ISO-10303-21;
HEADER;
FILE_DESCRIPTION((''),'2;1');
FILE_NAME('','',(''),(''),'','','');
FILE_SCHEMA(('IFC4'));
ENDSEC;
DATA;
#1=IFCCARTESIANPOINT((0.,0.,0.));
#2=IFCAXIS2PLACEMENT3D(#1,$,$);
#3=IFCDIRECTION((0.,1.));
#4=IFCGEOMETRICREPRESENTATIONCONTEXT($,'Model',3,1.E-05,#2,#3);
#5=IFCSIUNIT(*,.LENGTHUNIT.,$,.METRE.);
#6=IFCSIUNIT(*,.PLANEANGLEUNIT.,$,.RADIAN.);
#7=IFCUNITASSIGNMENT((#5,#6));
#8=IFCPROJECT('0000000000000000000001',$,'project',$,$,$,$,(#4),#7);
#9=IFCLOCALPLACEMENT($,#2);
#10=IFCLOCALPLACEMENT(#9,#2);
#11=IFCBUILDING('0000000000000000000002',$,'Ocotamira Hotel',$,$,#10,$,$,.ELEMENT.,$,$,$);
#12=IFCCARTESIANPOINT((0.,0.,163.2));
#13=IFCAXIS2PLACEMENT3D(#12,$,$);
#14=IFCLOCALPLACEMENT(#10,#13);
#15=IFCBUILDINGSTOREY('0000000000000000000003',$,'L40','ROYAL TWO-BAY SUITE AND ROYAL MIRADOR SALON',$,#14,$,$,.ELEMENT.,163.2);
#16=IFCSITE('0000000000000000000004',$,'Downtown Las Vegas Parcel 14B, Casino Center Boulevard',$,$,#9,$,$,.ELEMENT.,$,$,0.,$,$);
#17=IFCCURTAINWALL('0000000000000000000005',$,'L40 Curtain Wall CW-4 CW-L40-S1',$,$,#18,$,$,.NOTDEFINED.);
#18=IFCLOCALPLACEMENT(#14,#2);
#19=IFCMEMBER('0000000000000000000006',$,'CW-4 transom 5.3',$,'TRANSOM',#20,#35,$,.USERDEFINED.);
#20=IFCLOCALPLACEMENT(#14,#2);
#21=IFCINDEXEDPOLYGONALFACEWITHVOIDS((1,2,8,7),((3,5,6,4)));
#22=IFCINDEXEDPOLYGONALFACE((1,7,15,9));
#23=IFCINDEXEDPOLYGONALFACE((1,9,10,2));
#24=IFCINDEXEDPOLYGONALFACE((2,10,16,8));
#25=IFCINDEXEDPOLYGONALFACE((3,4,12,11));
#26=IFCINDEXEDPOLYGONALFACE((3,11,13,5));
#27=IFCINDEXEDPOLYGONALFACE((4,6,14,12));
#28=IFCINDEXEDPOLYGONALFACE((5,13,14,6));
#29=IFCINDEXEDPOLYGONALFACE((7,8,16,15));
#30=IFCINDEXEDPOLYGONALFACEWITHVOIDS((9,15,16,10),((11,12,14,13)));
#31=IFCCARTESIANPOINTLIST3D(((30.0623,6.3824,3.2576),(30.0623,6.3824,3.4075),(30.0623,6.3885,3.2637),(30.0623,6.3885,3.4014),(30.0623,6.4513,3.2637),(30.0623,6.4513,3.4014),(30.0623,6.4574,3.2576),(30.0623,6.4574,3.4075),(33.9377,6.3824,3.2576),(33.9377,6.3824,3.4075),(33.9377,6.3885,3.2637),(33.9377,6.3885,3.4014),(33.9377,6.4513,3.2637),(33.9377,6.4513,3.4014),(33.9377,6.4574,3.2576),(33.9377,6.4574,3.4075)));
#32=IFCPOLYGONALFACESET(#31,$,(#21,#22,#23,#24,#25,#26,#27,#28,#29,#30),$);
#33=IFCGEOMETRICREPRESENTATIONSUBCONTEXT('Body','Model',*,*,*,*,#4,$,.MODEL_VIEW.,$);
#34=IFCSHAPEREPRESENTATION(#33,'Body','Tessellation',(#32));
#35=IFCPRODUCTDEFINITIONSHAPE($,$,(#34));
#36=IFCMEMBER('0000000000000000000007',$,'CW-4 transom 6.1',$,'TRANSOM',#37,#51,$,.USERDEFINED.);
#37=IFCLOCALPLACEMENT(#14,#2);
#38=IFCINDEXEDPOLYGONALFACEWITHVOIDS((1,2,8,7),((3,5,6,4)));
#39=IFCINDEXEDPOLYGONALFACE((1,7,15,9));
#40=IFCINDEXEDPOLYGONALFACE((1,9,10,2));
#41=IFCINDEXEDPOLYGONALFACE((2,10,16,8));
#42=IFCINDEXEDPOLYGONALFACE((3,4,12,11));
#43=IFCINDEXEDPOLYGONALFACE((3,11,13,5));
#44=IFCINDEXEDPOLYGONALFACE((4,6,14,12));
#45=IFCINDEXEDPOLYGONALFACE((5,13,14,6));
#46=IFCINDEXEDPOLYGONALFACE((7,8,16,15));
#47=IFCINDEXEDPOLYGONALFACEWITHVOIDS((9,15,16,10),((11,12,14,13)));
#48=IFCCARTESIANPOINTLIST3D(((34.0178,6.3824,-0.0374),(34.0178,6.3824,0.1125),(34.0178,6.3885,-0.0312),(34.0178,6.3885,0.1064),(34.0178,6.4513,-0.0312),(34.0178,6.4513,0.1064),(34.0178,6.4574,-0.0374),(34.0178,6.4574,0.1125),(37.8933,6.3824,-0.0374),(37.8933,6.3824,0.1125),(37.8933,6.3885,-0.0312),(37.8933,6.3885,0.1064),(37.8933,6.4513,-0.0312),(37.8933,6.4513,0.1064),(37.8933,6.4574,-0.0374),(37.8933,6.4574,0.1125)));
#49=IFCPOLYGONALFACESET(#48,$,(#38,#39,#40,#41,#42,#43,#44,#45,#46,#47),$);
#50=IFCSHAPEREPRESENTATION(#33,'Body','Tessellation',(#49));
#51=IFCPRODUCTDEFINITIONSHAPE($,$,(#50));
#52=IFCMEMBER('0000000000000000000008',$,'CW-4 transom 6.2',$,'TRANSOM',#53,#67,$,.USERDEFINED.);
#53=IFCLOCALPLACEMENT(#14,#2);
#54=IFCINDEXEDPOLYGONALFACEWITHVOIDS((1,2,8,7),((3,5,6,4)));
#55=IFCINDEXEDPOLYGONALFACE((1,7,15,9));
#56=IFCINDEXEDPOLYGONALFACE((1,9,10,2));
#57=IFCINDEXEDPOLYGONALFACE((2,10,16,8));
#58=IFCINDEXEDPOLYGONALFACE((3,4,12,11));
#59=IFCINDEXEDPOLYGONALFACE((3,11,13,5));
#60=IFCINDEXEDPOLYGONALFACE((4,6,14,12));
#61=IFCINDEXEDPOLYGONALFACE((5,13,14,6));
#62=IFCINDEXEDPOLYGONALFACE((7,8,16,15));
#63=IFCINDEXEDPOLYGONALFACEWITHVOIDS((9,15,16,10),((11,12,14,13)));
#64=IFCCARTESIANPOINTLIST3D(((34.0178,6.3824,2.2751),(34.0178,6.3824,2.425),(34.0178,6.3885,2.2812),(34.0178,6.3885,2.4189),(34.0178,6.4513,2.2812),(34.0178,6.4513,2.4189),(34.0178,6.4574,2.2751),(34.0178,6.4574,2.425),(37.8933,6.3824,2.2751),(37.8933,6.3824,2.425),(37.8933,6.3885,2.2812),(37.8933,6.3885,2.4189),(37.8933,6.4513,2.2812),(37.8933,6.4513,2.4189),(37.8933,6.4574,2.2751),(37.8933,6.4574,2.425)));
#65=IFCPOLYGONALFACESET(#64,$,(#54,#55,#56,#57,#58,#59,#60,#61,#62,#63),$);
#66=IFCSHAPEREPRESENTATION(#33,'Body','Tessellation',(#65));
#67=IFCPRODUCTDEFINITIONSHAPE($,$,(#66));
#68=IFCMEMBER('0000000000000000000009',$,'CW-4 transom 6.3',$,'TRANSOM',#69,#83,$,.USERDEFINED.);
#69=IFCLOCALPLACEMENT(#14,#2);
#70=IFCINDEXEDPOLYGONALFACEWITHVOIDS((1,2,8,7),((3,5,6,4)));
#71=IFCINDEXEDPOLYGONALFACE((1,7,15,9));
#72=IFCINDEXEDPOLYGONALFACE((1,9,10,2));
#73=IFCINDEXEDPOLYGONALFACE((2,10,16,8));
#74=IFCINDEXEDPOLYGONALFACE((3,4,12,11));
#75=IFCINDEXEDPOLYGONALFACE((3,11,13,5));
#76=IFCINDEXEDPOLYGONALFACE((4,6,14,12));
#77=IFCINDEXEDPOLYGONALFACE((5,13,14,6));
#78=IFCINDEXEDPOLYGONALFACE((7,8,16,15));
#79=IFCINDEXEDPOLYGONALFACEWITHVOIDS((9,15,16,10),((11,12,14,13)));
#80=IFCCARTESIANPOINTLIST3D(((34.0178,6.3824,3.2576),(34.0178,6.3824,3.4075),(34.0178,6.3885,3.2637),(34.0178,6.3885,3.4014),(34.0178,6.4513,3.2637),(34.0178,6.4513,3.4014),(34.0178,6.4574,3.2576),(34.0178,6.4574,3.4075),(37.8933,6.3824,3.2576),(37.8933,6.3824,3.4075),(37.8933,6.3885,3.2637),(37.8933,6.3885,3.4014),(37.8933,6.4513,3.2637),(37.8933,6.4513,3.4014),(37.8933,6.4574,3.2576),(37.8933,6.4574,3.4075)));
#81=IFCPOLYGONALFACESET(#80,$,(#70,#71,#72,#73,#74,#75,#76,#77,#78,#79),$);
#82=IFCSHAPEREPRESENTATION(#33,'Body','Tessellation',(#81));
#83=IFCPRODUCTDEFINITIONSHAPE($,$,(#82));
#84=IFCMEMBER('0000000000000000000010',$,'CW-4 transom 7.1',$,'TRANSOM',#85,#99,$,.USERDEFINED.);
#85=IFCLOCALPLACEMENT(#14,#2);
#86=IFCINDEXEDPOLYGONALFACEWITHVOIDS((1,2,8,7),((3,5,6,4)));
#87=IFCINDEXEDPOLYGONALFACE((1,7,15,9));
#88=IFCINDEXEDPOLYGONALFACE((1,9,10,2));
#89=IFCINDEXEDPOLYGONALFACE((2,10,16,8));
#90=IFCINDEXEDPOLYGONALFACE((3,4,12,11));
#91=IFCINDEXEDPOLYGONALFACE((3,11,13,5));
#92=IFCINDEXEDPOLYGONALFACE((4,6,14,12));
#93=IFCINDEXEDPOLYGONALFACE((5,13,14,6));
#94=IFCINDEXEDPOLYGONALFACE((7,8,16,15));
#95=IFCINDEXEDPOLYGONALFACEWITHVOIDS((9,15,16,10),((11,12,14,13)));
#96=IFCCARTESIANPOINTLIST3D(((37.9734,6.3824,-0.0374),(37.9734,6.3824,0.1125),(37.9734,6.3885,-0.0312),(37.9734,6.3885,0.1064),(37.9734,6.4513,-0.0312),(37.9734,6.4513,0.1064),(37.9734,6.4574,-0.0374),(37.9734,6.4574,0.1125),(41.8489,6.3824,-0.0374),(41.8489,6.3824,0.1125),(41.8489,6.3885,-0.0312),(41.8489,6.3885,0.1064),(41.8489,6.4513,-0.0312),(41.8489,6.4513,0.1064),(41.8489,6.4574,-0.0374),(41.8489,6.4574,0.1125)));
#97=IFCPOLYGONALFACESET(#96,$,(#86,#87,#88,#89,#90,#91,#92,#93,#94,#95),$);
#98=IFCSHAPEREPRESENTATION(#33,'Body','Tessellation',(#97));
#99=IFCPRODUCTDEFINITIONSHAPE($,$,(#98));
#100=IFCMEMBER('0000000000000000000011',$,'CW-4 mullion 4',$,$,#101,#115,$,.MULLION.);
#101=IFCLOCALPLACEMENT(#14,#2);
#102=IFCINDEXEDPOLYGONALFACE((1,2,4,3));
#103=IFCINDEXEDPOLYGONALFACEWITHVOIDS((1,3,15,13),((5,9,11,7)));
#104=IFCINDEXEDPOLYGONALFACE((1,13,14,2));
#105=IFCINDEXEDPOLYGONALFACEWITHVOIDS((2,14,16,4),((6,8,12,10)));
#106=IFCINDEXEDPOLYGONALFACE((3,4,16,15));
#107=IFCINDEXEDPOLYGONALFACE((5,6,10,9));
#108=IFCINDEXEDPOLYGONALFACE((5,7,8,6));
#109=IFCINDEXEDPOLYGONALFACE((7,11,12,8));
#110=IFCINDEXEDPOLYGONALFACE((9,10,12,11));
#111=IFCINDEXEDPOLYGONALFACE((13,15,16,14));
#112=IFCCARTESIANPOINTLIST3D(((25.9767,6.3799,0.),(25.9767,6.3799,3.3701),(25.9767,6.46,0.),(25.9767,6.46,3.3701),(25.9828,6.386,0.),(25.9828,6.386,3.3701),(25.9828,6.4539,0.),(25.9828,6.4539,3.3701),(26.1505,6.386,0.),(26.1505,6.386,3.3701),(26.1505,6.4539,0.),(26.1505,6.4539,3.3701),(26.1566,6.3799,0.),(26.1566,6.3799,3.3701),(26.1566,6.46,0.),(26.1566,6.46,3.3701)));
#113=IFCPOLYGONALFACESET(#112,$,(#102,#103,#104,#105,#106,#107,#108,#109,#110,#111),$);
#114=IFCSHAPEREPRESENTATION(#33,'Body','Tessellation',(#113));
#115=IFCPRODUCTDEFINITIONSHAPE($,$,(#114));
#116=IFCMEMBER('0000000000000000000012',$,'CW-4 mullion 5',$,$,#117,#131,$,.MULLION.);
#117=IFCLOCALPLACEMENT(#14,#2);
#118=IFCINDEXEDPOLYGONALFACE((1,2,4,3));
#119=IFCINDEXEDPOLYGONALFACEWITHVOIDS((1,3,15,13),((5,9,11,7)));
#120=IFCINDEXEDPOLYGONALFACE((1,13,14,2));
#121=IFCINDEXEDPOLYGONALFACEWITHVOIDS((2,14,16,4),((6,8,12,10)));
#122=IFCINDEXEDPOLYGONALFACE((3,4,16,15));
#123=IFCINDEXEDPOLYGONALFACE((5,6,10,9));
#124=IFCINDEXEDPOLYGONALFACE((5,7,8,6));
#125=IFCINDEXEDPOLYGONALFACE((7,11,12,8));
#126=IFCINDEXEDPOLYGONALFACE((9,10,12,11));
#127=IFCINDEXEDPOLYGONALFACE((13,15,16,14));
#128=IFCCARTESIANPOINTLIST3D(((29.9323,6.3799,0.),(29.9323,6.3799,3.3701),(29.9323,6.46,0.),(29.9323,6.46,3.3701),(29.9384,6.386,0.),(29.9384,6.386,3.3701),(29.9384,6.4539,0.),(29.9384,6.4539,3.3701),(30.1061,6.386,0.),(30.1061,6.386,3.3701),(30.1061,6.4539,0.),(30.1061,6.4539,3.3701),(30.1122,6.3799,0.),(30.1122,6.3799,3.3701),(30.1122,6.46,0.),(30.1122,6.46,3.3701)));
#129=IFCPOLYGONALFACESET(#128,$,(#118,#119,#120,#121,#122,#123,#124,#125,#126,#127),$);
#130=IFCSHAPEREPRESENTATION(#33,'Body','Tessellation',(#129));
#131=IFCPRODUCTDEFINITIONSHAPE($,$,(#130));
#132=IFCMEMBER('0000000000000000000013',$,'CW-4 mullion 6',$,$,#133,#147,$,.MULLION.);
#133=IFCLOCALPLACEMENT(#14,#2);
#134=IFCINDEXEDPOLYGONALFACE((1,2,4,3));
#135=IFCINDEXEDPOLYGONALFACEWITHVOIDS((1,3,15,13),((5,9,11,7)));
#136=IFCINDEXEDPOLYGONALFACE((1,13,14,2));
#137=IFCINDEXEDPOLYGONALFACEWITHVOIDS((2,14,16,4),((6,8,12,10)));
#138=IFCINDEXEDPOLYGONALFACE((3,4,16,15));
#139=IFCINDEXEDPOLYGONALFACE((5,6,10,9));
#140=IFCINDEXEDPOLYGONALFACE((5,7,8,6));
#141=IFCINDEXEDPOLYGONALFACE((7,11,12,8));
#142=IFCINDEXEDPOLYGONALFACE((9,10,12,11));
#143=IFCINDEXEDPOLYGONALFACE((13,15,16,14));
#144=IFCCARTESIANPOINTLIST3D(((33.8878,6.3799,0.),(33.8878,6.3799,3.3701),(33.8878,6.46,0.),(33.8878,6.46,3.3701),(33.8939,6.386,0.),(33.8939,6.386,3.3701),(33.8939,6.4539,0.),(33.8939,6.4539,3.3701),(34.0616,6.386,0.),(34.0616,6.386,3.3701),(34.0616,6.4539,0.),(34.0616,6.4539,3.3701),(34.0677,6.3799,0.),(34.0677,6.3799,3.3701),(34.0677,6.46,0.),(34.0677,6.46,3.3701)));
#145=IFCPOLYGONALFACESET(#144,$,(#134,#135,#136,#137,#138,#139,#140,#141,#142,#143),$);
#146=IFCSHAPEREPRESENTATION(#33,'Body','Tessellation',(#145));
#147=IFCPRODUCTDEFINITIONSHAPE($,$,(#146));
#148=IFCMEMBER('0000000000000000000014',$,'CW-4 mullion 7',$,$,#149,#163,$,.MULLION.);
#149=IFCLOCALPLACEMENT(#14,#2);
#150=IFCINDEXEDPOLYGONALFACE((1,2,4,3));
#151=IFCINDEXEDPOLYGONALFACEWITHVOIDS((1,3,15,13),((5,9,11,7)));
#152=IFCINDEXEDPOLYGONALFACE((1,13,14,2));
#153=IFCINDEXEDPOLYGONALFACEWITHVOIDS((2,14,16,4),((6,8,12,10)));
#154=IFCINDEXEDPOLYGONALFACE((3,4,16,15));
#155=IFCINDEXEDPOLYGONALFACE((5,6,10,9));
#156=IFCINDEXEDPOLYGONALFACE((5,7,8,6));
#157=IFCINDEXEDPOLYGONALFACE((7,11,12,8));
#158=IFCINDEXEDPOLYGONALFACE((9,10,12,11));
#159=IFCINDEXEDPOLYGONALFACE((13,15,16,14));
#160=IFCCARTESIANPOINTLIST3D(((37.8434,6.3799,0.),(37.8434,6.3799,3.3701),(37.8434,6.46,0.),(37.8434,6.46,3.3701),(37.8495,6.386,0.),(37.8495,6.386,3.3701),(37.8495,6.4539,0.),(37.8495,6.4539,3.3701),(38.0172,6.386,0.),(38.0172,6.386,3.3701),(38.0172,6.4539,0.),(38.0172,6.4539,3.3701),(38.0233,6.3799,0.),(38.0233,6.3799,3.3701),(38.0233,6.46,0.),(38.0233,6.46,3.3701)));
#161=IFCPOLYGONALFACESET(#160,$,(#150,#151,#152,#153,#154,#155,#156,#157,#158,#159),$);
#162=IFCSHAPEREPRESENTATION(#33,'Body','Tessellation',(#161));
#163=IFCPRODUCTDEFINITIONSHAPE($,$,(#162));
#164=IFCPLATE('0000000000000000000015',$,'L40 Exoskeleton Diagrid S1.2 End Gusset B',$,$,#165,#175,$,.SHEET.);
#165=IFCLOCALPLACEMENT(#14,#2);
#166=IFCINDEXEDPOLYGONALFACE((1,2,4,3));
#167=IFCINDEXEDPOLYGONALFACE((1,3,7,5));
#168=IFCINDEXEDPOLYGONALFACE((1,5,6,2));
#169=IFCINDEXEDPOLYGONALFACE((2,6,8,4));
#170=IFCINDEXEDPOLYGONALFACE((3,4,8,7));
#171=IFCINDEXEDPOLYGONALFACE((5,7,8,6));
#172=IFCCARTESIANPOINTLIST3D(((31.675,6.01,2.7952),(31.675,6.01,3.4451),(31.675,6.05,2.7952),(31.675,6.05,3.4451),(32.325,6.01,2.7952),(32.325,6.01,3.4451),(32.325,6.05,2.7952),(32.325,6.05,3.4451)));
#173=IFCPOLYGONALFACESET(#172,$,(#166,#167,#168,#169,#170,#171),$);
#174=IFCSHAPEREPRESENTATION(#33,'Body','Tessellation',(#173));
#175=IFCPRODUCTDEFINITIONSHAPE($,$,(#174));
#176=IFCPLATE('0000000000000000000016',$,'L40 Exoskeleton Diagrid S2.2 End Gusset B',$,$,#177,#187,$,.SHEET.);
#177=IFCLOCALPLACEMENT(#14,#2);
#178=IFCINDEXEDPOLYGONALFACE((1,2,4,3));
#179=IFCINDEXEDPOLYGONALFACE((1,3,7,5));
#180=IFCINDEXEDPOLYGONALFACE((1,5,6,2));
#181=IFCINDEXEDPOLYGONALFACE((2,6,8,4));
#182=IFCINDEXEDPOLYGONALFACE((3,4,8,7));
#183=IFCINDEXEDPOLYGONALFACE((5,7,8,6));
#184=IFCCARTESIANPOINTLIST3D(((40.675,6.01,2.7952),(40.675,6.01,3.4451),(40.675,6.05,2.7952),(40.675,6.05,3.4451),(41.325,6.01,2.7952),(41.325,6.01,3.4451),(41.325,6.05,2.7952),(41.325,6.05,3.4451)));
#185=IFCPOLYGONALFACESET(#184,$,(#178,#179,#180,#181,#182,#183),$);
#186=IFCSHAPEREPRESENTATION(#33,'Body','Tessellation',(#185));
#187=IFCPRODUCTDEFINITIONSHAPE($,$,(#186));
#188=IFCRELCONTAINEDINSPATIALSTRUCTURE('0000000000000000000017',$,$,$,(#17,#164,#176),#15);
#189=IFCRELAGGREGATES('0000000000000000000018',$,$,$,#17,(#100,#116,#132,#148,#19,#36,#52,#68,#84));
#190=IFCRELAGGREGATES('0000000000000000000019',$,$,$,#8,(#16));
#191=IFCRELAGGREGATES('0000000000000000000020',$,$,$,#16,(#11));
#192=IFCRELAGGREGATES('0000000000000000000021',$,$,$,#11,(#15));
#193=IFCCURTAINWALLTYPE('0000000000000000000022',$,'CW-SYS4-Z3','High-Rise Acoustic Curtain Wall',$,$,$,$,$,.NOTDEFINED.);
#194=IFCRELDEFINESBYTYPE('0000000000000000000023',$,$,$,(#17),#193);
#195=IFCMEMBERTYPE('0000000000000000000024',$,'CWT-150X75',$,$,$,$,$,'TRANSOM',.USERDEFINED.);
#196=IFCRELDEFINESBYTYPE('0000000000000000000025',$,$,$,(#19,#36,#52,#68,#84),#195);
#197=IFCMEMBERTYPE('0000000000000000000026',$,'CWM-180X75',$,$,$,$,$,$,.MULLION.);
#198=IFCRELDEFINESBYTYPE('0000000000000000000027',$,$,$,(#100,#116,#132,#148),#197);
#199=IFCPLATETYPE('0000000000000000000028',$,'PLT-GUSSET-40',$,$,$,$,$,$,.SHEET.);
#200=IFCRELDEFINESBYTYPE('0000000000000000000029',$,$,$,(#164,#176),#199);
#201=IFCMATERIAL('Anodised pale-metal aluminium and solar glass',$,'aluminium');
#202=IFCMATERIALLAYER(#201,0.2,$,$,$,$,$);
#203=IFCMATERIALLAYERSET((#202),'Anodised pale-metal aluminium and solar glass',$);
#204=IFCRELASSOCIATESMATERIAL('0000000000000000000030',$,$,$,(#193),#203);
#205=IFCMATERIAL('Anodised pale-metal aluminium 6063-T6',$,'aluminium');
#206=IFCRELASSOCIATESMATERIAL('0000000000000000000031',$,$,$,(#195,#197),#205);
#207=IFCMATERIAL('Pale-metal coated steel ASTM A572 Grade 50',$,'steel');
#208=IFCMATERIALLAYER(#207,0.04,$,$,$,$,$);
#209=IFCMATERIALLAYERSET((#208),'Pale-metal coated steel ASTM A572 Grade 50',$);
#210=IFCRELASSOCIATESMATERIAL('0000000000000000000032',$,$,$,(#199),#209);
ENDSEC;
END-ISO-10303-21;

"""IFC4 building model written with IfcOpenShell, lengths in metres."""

from ifc_helpers import new_model, si_unit, direction, frame, origin, origin_2d, place, context, subcontext, project, spatial, rectangle, hollow_rectangle, extrude, source, transform, mapped, material, layer, layer_set, material_profile, profile_set, type_object, element, aggregate, save


model = new_model("IFC4")

# Units and contexts
model_context = context("Model", 3, precision=1e-05, world=origin(), true_north=direction((0.0, 1.0)))
body_context = subcontext(model_context, "Body", "Model", "MODEL_VIEW")
ifc_project = project(units=[si_unit("LENGTHUNIT", "METRE"), si_unit("PLANEANGLEUNIT", "RADIAN")], contexts=[model_context])

# Site, building, storey
site_placement = place(None, origin())
site = spatial("IfcSite", under=ifc_project, at=site_placement, Name="Downtown Las Vegas Parcel 14B, Casino Center Boulevard", CompositionType="ELEMENT", RefElevation=0.0)
building_placement = place(site_placement, origin())
building = spatial("IfcBuilding", under=site, at=building_placement, Name="Ocotamira Hotel", CompositionType="ELEMENT")
storey_placement = place(building_placement, frame((0.0, 0.0, 163.2)))
storey = spatial("IfcBuildingStorey", under=building, at=storey_placement, Name="L40", Description="ROYAL TWO-BAY SUITE AND ROYAL MIRADOR SALON", CompositionType="ELEMENT", Elevation=163.2)

# Curtain wall, members
ifc_material_1 = material(Name="Anodised pale-metal aluminium and solar glass", Category="aluminium")
ifc_layer_1 = layer(ifc_material_1, 0.2)
ifc_layer_set_1 = layer_set([ifc_layer_1], Name="Anodised pale-metal aluminium and solar glass")
curtain_wall_type = type_object("IfcCurtainWallType", Name="CW-SYS4-Z3", Description="High-Rise Acoustic Curtain Wall", PredefinedType="NOTDEFINED", material=ifc_layer_set_1)
curtain_wall_placement = place(storey_placement, origin())
curtain_wall = element("IfcCurtainWall", 1, at=curtain_wall_placement, inside=storey, type_object=curtain_wall_type, Name="L40 Curtain Wall CW-4 CW-L40-S1", PredefinedType="NOTDEFINED")
ifc_material_2 = material(Name="Anodised pale-metal aluminium 6063-T6", Category="aluminium")
ifc_material_profile_1 = material_profile(ifc_material_2, hollow_rectangle(XDim=0.075, YDim=0.1499, WallThickness=0.0061, at=origin_2d()), Name="HSS150X75X6")
ifc_profile_set_1 = profile_set([ifc_material_profile_1], Name="Anodised pale-metal aluminium 6063-T6")
member_type_1 = type_object("IfcMemberType", Name="CWT-150X75", ElementType="TRANSOM", PredefinedType="USERDEFINED", material=ifc_profile_set_1)
shared_shape_1 = source(origin(), body_context, "Body", "SweptSolid", [
    extrude(hollow_rectangle(XDim=0.075, YDim=0.1499, WallThickness=0.0061, at=origin_2d()), origin(), (0.0, 0.0, 1.0), 3.8755),
])
member_1_placement = place(storey_placement, frame((30.0623, 6.4199, 3.3325), z_axis=(1.0, 0.0, 0.0), x_axis=(0.0, 1.0, 0.0)))
member_1 = element("IfcMember", 2, at=member_1_placement, type_object=member_type_1, Name="CW-4 transom 5.3", ObjectType="TRANSOM", PredefinedType="USERDEFINED", context=body_context, shape_type="MappedRepresentation", body=[
    mapped(shared_shape_1, transform((0.0, 0.0, 0.0), scale=1.0)),
])
member_2_placement = place(storey_placement, frame((34.0178, 6.4199, 0.0376), z_axis=(1.0, 0.0, 0.0), x_axis=(0.0, 1.0, 0.0)))
member_2 = element("IfcMember", 3, at=member_2_placement, type_object=member_type_1, Name="CW-4 transom 6.1", ObjectType="TRANSOM", PredefinedType="USERDEFINED", context=body_context, shape_type="MappedRepresentation", body=[
    mapped(shared_shape_1, transform((0.0, 0.0, 0.0), scale=1.0)),
])
member_3_placement = place(storey_placement, frame((34.0178, 6.4199, 2.3501), z_axis=(1.0, 0.0, 0.0), x_axis=(0.0, 1.0, 0.0)))
member_3 = element("IfcMember", 4, at=member_3_placement, type_object=member_type_1, Name="CW-4 transom 6.2", ObjectType="TRANSOM", PredefinedType="USERDEFINED", context=body_context, shape_type="MappedRepresentation", body=[
    mapped(shared_shape_1, transform((0.0, 0.0, 0.0), scale=1.0)),
])
member_4_placement = place(storey_placement, frame((34.0178, 6.4199, 3.3325), z_axis=(1.0, 0.0, 0.0), x_axis=(0.0, 1.0, 0.0)))
member_4 = element("IfcMember", 5, at=member_4_placement, type_object=member_type_1, Name="CW-4 transom 6.3", ObjectType="TRANSOM", PredefinedType="USERDEFINED", context=body_context, shape_type="MappedRepresentation", body=[
    mapped(shared_shape_1, transform((0.0, 0.0, 0.0), scale=1.0)),
])
member_5_placement = place(storey_placement, frame((37.9734, 6.4199, 0.0376), z_axis=(1.0, 0.0, 0.0), x_axis=(0.0, 1.0, 0.0)))
member_5 = element("IfcMember", 6, at=member_5_placement, type_object=member_type_1, Name="CW-4 transom 7.1", ObjectType="TRANSOM", PredefinedType="USERDEFINED", context=body_context, shape_type="MappedRepresentation", body=[
    mapped(shared_shape_1, transform((0.0, 0.0, 0.0), scale=1.0)),
])
ifc_material_profile_2 = material_profile(ifc_material_2, hollow_rectangle(XDim=0.0801, YDim=0.1799, WallThickness=0.0061, at=origin_2d()), Name="HSS180X80X6")
ifc_profile_set_2 = profile_set([ifc_material_profile_2], Name="Anodised pale-metal aluminium 6063-T6")
member_type_2 = type_object("IfcMemberType", Name="CWM-180X75", PredefinedType="MULLION", material=ifc_profile_set_2)
shared_shape_2 = source(origin(), body_context, "Body", "SweptSolid", [
    extrude(hollow_rectangle(XDim=0.0801, YDim=0.1799, WallThickness=0.0061, at=origin_2d()), origin(), (0.0, 0.0, 1.0), 3.3701),
])
member_6_placement = place(storey_placement, frame((26.0667, 6.4199, 0.0), z_axis=(0.0, 0.0, 1.0), x_axis=(0.0, 1.0, 0.0)))
member_6 = element("IfcMember", 7, at=member_6_placement, type_object=member_type_2, Name="CW-4 mullion 4", PredefinedType="MULLION", context=body_context, shape_type="MappedRepresentation", body=[
    mapped(shared_shape_2, transform((0.0, 0.0, 0.0), scale=1.0)),
])
member_7_placement = place(storey_placement, frame((30.0222, 6.4199, 0.0), z_axis=(0.0, 0.0, 1.0), x_axis=(0.0, 1.0, 0.0)))
member_7 = element("IfcMember", 8, at=member_7_placement, type_object=member_type_2, Name="CW-4 mullion 5", PredefinedType="MULLION", context=body_context, shape_type="MappedRepresentation", body=[
    mapped(shared_shape_2, transform((0.0, 0.0, 0.0), scale=1.0)),
])
member_8_placement = place(storey_placement, frame((33.9778, 6.4199, 0.0), z_axis=(0.0, 0.0, 1.0), x_axis=(0.0, 1.0, 0.0)))
member_8 = element("IfcMember", 9, at=member_8_placement, type_object=member_type_2, Name="CW-4 mullion 6", PredefinedType="MULLION", context=body_context, shape_type="MappedRepresentation", body=[
    mapped(shared_shape_2, transform((0.0, 0.0, 0.0), scale=1.0)),
])
member_9_placement = place(storey_placement, frame((37.9333, 6.4199, 0.0), z_axis=(0.0, 0.0, 1.0), x_axis=(0.0, 1.0, 0.0)))
member_9 = element("IfcMember", 10, at=member_9_placement, type_object=member_type_2, Name="CW-4 mullion 7", PredefinedType="MULLION", context=body_context, shape_type="MappedRepresentation", body=[
    mapped(shared_shape_2, transform((0.0, 0.0, 0.0), scale=1.0)),
])

# Plates
ifc_material_3 = material(Name="Pale-metal coated steel ASTM A572 Grade 50", Category="steel")
ifc_layer_2 = layer(ifc_material_3, 0.04)
ifc_layer_set_2 = layer_set([ifc_layer_2], Name="Pale-metal coated steel ASTM A572 Grade 50")
plate_type_1 = type_object("IfcPlateType", Name="PLT-GUSSET-40", PredefinedType="SHEET", material=ifc_layer_set_2)
shared_shape_3 = source(origin(), body_context, "Body", "SweptSolid", [
    extrude(rectangle(XDim=0.6499, YDim=0.04, at=origin_2d()), origin(), (0.0, 0.0, 1.0), 0.6499),
])
for number, where, z_axis, x_axis, name in (
    (11, (32.0, 6.03, 2.7952), (0.0, 0.0, 1.0), (1.0, 0.0, 0.0), "L40 Exoskeleton Diagrid S1.2 End Gusset B"),
    (12, (41.0, 6.03, 2.7952), (0.0, 0.0, 1.0), (1.0, 0.0, 0.0), "L40 Exoskeleton Diagrid S2.2 End Gusset B"),
):
    element("IfcPlate", number, at=place(storey_placement, frame(where, z_axis=z_axis, x_axis=x_axis)), inside=storey, type_object=plate_type_1, Name=name, PredefinedType="SHEET", context=body_context, shape_type="MappedRepresentation", body=[
        mapped(shared_shape_3, transform((0.0, 0.0, 0.0), scale=1.0)),
    ])

aggregate(curtain_wall, [member_6, member_7, member_8, member_9, member_1, member_2, member_3, member_4, member_5])

save(model, "model.ifc")
